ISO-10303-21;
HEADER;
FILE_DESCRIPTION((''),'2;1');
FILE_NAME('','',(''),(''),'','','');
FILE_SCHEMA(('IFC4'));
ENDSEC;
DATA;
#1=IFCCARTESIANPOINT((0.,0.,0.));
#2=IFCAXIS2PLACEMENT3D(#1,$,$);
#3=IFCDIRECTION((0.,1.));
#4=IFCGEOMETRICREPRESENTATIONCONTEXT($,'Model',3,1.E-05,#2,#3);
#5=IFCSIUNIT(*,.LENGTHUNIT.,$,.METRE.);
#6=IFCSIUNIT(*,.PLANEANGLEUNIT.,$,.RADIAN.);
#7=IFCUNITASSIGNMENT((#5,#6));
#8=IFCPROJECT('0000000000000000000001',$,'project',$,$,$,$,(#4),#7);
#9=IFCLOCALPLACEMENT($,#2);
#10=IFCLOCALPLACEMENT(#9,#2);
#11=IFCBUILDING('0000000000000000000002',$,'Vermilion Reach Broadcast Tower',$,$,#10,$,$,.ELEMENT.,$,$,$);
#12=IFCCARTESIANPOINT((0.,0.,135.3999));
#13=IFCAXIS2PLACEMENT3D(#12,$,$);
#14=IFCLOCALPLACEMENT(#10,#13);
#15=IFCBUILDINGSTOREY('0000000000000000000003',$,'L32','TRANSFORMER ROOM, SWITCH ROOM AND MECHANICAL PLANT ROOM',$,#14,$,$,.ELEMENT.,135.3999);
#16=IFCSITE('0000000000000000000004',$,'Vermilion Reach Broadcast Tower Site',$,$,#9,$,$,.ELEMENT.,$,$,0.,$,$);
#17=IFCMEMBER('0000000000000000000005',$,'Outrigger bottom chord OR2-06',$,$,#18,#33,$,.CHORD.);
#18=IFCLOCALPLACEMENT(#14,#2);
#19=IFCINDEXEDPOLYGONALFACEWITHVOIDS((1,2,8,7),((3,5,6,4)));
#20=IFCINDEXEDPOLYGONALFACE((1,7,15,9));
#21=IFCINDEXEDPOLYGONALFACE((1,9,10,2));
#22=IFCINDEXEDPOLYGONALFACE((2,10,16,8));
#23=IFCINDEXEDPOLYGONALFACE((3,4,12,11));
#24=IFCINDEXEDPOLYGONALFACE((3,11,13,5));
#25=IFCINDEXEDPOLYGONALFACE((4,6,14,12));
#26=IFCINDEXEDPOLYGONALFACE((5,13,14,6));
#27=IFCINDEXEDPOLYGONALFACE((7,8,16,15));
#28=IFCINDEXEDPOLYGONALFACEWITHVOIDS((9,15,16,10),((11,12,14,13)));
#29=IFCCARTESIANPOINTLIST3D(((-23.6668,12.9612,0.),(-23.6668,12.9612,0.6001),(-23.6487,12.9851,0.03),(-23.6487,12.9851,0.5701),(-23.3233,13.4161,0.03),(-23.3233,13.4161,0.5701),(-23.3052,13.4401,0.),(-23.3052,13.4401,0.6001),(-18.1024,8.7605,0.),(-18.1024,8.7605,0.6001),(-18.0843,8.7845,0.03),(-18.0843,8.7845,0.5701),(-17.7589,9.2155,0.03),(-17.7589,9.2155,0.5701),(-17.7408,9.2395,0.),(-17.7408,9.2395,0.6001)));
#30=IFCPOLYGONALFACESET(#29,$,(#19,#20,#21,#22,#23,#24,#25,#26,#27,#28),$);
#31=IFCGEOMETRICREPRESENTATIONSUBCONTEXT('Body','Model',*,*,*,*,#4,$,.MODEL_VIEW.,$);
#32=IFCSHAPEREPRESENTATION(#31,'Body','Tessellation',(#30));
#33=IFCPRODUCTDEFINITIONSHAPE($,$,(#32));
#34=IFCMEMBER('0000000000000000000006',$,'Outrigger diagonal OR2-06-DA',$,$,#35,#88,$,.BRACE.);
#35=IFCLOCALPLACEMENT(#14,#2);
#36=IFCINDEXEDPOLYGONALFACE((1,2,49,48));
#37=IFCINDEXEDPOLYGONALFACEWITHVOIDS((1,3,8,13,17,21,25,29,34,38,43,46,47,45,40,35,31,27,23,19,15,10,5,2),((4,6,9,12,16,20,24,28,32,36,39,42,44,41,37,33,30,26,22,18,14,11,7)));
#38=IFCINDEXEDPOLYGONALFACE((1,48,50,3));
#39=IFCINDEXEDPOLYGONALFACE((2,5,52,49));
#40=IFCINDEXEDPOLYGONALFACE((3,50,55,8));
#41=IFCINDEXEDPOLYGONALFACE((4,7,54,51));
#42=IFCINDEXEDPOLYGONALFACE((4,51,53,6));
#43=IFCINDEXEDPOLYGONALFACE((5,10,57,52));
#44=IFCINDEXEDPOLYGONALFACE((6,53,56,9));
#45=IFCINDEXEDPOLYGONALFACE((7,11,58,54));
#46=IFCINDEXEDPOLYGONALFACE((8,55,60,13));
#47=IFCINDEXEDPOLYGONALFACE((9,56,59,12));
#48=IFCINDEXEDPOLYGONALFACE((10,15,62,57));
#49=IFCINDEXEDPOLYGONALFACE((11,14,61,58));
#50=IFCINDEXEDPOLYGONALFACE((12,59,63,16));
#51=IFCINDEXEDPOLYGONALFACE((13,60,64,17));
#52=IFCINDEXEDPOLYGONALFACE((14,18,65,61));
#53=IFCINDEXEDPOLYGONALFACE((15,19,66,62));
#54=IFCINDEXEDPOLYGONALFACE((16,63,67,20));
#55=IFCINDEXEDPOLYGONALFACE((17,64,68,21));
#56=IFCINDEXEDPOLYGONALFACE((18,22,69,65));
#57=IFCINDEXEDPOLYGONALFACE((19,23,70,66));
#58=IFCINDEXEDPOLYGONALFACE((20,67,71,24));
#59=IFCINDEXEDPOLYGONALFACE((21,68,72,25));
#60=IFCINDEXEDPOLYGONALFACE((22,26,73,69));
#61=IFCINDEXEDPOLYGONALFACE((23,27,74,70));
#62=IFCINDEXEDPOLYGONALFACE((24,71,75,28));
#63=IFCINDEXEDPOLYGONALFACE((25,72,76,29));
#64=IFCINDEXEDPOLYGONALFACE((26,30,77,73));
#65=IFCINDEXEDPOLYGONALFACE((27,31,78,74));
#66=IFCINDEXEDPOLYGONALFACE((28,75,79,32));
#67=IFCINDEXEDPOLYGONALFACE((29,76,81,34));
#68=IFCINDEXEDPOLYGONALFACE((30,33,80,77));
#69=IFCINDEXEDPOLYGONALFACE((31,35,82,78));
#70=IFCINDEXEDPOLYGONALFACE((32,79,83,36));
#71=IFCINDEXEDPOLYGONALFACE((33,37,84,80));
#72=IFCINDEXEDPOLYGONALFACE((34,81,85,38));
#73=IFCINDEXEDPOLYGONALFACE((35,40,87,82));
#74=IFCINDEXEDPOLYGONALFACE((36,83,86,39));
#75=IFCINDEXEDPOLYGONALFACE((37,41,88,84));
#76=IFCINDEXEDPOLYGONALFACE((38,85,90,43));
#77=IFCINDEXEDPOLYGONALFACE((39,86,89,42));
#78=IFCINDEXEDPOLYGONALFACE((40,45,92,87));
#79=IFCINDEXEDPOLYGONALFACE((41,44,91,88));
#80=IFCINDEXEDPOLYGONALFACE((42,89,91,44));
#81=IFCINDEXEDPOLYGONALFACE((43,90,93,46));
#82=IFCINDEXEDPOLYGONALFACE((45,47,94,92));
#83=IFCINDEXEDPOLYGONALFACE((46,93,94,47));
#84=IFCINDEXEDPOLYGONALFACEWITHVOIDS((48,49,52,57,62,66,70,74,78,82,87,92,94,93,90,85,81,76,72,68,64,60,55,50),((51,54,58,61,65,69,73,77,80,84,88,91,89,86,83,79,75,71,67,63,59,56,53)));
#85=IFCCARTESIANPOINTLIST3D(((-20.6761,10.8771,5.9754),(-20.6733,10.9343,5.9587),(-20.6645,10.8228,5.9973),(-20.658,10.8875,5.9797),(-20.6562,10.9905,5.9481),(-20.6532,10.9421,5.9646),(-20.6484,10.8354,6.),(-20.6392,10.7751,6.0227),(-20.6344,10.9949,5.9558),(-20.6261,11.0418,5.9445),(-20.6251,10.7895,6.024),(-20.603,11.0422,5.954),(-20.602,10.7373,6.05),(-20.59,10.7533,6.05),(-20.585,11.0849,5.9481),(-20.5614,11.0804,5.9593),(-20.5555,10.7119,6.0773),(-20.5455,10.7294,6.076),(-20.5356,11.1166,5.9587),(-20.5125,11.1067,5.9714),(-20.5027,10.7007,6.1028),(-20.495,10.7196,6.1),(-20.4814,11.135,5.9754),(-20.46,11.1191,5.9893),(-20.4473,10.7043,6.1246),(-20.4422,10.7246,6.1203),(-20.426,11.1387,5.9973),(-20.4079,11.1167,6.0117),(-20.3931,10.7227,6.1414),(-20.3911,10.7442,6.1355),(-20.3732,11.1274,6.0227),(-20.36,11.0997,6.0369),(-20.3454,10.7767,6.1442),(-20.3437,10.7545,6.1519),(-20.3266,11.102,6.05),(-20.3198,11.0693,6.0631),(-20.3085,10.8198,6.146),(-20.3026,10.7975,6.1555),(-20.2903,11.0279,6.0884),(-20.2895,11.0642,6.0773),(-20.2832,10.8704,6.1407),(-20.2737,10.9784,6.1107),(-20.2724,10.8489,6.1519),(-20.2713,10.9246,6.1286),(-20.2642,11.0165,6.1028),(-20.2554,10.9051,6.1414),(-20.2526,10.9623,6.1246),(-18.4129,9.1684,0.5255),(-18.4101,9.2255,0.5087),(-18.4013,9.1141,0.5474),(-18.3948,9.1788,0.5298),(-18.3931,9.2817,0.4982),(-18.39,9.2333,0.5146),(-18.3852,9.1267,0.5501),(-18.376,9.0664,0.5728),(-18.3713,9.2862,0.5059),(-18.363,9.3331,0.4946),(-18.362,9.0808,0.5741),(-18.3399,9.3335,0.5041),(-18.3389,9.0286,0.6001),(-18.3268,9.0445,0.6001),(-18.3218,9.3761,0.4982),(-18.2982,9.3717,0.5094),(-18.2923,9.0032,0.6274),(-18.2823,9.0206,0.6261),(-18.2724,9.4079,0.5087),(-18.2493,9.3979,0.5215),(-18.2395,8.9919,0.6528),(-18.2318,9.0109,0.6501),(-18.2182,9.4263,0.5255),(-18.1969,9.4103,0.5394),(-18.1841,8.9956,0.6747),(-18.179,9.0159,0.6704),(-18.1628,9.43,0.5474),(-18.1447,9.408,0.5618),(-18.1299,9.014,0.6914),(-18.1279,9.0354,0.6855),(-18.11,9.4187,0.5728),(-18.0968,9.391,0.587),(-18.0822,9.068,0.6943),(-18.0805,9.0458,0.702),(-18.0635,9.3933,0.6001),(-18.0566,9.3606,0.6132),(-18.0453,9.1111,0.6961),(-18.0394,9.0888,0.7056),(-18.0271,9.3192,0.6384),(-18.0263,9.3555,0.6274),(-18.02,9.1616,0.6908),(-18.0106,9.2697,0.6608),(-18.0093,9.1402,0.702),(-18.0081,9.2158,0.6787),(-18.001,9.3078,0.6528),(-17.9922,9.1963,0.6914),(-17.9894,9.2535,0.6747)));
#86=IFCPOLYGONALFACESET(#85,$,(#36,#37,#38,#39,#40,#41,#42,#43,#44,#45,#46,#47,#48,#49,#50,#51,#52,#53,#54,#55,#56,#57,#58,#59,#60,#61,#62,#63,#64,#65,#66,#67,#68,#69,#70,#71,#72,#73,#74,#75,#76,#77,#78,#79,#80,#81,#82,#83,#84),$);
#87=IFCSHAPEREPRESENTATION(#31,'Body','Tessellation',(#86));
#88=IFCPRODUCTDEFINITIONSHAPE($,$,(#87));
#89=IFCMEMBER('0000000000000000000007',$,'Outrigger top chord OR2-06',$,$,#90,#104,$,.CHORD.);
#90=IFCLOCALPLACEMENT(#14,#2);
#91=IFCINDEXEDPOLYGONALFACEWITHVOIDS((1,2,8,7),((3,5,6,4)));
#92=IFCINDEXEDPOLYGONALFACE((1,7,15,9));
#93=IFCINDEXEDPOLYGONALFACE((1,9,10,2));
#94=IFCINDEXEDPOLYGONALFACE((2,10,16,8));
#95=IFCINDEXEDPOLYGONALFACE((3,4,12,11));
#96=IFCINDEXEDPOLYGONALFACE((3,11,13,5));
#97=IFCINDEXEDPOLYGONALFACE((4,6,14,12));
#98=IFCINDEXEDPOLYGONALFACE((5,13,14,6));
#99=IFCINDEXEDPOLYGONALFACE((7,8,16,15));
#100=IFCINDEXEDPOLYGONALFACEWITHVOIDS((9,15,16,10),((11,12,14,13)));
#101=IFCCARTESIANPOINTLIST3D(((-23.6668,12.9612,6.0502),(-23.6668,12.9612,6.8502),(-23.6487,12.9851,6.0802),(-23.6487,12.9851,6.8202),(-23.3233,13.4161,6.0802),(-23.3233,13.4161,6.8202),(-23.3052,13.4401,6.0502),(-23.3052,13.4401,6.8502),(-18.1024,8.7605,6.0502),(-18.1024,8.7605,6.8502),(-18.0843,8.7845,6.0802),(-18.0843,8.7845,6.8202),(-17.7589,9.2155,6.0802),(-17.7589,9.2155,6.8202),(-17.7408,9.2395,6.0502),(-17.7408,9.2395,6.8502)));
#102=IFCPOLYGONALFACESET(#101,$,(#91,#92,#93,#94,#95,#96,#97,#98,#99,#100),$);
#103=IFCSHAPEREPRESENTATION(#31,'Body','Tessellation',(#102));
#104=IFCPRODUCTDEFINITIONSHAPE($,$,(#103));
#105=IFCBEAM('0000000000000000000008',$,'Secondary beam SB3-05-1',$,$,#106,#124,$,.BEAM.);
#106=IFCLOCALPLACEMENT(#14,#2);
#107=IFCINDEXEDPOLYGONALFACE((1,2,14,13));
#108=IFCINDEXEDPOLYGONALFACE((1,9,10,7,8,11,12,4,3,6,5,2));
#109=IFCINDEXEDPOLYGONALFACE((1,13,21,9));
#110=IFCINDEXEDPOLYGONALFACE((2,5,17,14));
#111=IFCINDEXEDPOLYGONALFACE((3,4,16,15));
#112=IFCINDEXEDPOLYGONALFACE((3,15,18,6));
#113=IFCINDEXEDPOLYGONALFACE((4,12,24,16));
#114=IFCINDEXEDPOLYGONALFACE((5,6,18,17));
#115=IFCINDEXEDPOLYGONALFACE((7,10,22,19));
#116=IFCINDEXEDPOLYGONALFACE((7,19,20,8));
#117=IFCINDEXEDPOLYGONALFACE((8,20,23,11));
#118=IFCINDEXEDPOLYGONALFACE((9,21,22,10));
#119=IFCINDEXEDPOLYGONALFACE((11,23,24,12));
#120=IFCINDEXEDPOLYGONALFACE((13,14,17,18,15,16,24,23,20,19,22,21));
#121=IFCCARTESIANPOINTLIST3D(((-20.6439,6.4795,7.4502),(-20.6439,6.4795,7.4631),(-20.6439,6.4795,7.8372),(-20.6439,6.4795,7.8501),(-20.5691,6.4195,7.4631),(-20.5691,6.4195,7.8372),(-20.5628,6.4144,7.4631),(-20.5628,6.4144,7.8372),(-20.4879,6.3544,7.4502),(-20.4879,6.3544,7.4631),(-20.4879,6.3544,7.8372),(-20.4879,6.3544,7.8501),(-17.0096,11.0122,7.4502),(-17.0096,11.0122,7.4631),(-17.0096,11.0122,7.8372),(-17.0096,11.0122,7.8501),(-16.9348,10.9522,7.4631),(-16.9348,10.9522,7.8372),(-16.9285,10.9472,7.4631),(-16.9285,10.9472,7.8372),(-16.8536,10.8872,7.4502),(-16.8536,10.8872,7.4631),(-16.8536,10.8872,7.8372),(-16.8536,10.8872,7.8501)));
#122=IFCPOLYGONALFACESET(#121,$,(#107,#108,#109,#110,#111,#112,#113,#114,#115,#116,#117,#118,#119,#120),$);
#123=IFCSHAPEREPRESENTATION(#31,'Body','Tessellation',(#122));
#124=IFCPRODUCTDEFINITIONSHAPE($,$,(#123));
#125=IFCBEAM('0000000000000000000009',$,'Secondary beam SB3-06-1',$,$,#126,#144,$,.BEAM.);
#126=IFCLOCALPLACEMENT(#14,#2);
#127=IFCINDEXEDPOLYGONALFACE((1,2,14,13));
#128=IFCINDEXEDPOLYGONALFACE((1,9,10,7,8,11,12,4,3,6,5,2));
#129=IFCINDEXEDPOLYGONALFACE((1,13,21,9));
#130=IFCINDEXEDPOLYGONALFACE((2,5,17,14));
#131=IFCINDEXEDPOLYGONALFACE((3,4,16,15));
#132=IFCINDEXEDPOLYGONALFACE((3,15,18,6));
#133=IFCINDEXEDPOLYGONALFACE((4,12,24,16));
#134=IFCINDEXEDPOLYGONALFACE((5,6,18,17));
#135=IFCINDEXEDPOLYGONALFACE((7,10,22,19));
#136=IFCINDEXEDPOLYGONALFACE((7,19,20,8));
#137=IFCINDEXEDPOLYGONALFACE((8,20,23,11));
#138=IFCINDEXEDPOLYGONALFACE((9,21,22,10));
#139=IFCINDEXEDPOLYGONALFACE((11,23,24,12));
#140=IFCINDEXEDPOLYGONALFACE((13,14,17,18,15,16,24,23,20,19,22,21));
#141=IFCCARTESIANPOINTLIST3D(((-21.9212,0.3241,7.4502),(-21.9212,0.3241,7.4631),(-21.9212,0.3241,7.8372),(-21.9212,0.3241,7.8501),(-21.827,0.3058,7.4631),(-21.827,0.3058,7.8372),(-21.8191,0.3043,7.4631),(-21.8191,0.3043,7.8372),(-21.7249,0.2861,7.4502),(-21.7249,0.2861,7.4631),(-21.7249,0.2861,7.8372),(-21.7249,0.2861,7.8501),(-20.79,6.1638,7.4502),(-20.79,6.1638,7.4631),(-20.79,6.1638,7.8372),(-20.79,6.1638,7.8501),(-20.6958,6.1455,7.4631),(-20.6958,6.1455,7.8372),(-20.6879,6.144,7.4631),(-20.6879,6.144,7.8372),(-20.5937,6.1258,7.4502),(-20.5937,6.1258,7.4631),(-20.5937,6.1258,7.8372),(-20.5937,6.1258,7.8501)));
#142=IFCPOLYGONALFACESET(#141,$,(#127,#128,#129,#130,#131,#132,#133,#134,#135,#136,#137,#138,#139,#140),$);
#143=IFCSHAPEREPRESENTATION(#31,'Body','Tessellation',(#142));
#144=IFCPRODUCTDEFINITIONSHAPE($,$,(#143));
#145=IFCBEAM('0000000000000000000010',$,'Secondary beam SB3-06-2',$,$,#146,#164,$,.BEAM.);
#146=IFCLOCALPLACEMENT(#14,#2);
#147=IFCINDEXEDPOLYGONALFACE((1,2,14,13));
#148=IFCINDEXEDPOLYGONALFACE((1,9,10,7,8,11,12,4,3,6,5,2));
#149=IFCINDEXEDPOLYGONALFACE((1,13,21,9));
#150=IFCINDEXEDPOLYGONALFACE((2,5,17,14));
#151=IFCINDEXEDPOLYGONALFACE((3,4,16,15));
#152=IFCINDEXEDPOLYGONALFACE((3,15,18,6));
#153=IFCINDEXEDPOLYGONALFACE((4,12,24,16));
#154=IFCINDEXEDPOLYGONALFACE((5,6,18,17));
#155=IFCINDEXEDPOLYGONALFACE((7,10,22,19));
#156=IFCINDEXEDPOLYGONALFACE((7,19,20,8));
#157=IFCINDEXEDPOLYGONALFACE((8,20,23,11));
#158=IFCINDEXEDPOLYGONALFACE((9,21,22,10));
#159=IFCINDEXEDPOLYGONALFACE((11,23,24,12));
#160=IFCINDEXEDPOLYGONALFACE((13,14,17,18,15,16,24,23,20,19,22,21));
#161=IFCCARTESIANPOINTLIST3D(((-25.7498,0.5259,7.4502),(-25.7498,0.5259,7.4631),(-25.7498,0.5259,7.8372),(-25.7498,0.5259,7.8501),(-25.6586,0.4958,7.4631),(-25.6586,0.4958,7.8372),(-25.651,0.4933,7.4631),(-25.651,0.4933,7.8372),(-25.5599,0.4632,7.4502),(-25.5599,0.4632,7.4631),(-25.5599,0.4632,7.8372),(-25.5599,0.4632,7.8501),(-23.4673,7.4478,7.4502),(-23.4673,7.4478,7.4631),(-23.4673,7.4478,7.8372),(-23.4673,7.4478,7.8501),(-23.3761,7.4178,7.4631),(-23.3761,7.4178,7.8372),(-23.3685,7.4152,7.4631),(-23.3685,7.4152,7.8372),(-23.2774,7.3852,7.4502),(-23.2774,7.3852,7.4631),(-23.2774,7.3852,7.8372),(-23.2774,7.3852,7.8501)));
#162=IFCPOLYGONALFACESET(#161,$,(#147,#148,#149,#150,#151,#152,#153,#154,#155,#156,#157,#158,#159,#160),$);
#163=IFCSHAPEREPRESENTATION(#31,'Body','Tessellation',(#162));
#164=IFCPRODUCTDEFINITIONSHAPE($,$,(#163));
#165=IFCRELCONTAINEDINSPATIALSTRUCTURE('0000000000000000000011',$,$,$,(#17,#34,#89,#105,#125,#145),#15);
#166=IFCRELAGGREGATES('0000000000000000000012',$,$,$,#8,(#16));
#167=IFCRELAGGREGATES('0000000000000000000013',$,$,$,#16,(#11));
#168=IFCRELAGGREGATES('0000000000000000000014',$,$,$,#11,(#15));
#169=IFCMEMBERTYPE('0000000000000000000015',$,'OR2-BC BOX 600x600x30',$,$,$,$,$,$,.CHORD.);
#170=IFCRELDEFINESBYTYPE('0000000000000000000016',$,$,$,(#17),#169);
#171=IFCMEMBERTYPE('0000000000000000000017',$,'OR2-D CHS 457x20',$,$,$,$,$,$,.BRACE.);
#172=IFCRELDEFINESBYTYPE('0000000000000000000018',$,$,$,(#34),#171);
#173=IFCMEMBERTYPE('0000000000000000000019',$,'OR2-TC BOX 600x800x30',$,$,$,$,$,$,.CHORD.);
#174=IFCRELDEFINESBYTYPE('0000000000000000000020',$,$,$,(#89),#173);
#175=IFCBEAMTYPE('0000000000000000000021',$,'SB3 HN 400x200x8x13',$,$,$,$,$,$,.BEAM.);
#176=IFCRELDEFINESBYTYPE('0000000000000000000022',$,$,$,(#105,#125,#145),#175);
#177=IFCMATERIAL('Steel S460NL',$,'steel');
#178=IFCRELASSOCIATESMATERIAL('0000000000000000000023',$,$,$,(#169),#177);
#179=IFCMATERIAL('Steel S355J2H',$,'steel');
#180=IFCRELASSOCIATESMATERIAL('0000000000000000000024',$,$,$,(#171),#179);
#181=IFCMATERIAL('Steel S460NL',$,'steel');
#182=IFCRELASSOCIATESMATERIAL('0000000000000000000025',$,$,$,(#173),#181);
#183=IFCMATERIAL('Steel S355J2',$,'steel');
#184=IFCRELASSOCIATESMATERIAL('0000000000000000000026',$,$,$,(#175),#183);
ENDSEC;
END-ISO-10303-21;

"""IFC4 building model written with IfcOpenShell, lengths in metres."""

from ifc_helpers import new_model, si_unit, direction, frame, origin, origin_2d, place, context, subcontext, project, spatial, hollow_rectangle, hollow_circle, i_section, extrude, material, material_profile, profile_set, type_object, element, save


model = new_model("IFC4")

# Units and contexts
model_context = context("Model", 3, precision=1e-05, world=origin(), true_north=direction((0.0, 1.0)))
body_context = subcontext(model_context, "Body", "Model", "MODEL_VIEW")
ifc_project = project(units=[si_unit("LENGTHUNIT", "METRE"), si_unit("PLANEANGLEUNIT", "RADIAN")], contexts=[model_context])

# Site, building, storey
site_placement = place(None, origin())
site = spatial("IfcSite", under=ifc_project, at=site_placement, Name="Vermilion Reach Broadcast Tower Site", CompositionType="ELEMENT", RefElevation=0.0)
building_placement = place(site_placement, origin())
building = spatial("IfcBuilding", under=site, at=building_placement, Name="Vermilion Reach Broadcast Tower", CompositionType="ELEMENT")
storey_placement = place(building_placement, frame((0.0, 0.0, 135.3999)))
storey = spatial("IfcBuildingStorey", under=building, at=storey_placement, Name="L32", Description="TRANSFORMER ROOM, SWITCH ROOM AND MECHANICAL PLANT ROOM", CompositionType="ELEMENT", Elevation=135.3999)

# Members
ifc_material_1 = material(Name="Steel S460NL", Category="steel")
ifc_material_profile_1 = material_profile(ifc_material_1, hollow_rectangle(XDim=0.6001, YDim=0.6001, WallThickness=0.03, at=origin_2d()), Name="S460NL BOX 600x600x30")
ifc_profile_set_1 = profile_set([ifc_material_profile_1], Name="Steel S460NL")
member_type_1 = type_object("IfcMemberType", Name="OR2-BC BOX 600x600x30", PredefinedType="CHORD", material=ifc_profile_set_1)
member_1_placement = place(storey_placement, frame((-17.9216, 9.0, 0.3), z_axis=(-0.798114, 0.602507, 0.0), x_axis=(-0.602507, -0.798114, 0.0)))
element("IfcMember", 1, at=member_1_placement, inside=storey, type_object=member_type_1, Name="Outrigger bottom chord OR2-06", PredefinedType="CHORD", context=body_context, shape_type="SweptSolid", body=[
    extrude(hollow_rectangle(XDim=0.6001, YDim=0.6001, WallThickness=0.03, at=origin_2d()), origin(), (0.0, 0.0, 1.0), 6.9719),
])
ifc_material_2 = material(Name="Steel S355J2H", Category="steel")
ifc_material_profile_2 = material_profile(ifc_material_2, hollow_circle(Radius=0.2285, WallThickness=0.02, at=origin_2d()), Name="S355J2H CHS 457x20")
ifc_profile_set_2 = profile_set([ifc_material_profile_2], Name="Steel S355J2H")
member_type_2 = type_object("IfcMemberType", Name="OR2-D CHS 457x20", PredefinedType="BRACE", material=ifc_profile_set_2)
member_2_placement = place(storey_placement, frame((-18.2012, 9.2109, 0.6001), z_axis=(-0.368381, 0.278134, 0.887095), x_axis=(-0.602559, -0.798074, 0.0)))
element("IfcMember", 2, at=member_2_placement, inside=storey, type_object=member_type_2, Name="Outrigger diagonal OR2-06-DA", PredefinedType="BRACE", context=body_context, shape_type="SweptSolid", body=[
    extrude(hollow_circle(Radius=0.2285, WallThickness=0.02, at=origin_2d()), origin(), (0.0, 0.0, 1.0), 6.1436),
])
ifc_material_3 = material(Name="Steel S460NL", Category="steel")
ifc_material_profile_3 = material_profile(ifc_material_3, hollow_rectangle(XDim=0.6001, YDim=0.8, WallThickness=0.03, at=origin_2d()), Name="S460NL BOX 600x800x30")
ifc_profile_set_3 = profile_set([ifc_material_profile_3], Name="Steel S460NL")
member_type_3 = type_object("IfcMemberType", Name="OR2-TC BOX 600x800x30", PredefinedType="CHORD", material=ifc_profile_set_3)
member_3_placement = place(storey_placement, frame((-17.9216, 9.0, 6.4502), z_axis=(-0.798114, 0.602507, 0.0), x_axis=(-0.602507, -0.798114, 0.0)))
element("IfcMember", 3, at=member_3_placement, inside=storey, type_object=member_type_3, Name="Outrigger top chord OR2-06", PredefinedType="CHORD", context=body_context, shape_type="SweptSolid", body=[
    extrude(hollow_rectangle(XDim=0.6001, YDim=0.8, WallThickness=0.03, at=origin_2d()), origin(), (0.0, 0.0, 1.0), 6.9719),
])

# Beams
ifc_material_4 = material(Name="Steel S355J2", Category="steel")
ifc_material_profile_4 = material_profile(ifc_material_4, i_section(OverallWidth=0.2, OverallDepth=0.3999, WebThickness=0.0081, FlangeThickness=0.0129, at=origin_2d()), Name="S355J2 HN 400x200x8x13")
ifc_profile_set_4 = profile_set([ifc_material_profile_4], Name="Steel S355J2")
beam_type_1 = type_object("IfcBeamType", Name="SB3 HN 400x200x8x13", PredefinedType="BEAM", material=ifc_profile_set_4)
beam_1_placement = place(storey_placement, frame((-16.9316, 10.9497, 7.6501), z_axis=(-0.625545, -0.780188, 0.0), x_axis=(0.780188, -0.625545, 0.0)))
element("IfcBeam", 4, at=beam_1_placement, inside=storey, type_object=beam_type_1, Name="Secondary beam SB3-05-1", PredefinedType="BEAM", context=body_context, shape_type="SweptSolid", body=[
    extrude(i_section(OverallWidth=0.2, OverallDepth=0.3999, WebThickness=0.0081, FlangeThickness=0.0129, at=origin_2d()), origin(), (0.0, 0.0, 1.0), 5.8098),
])
beam_2_placement = place(storey_placement, frame((-20.6919, 6.1448, 7.6501), z_axis=(-0.190161, -0.981753, 0.0), x_axis=(0.981753, -0.190161, 0.0)))
element("IfcBeam", 5, at=beam_2_placement, inside=storey, type_object=beam_type_1, Name="Secondary beam SB3-06-1", PredefinedType="BEAM", context=body_context, shape_type="SweptSolid", body=[
    extrude(i_section(OverallWidth=0.2, OverallDepth=0.3999, WebThickness=0.0081, FlangeThickness=0.0129, at=origin_2d()), origin(), (0.0, 0.0, 1.0), 5.9482),
])
beam_3_placement = place(storey_placement, frame((-23.3723, 7.4165, 7.6501), z_axis=(-0.313161, -0.9497, 0.0), x_axis=(0.9497, -0.313161, 0.0)))
element("IfcBeam", 6, at=beam_3_placement, inside=storey, type_object=beam_type_1, Name="Secondary beam SB3-06-2", PredefinedType="BEAM", context=body_context, shape_type="SweptSolid", body=[
    extrude(i_section(OverallWidth=0.2, OverallDepth=0.3999, WebThickness=0.0081, FlangeThickness=0.0129, at=origin_2d()), origin(), (0.0, 0.0, 1.0), 7.2886),
])

save(model, "model.ifc")
